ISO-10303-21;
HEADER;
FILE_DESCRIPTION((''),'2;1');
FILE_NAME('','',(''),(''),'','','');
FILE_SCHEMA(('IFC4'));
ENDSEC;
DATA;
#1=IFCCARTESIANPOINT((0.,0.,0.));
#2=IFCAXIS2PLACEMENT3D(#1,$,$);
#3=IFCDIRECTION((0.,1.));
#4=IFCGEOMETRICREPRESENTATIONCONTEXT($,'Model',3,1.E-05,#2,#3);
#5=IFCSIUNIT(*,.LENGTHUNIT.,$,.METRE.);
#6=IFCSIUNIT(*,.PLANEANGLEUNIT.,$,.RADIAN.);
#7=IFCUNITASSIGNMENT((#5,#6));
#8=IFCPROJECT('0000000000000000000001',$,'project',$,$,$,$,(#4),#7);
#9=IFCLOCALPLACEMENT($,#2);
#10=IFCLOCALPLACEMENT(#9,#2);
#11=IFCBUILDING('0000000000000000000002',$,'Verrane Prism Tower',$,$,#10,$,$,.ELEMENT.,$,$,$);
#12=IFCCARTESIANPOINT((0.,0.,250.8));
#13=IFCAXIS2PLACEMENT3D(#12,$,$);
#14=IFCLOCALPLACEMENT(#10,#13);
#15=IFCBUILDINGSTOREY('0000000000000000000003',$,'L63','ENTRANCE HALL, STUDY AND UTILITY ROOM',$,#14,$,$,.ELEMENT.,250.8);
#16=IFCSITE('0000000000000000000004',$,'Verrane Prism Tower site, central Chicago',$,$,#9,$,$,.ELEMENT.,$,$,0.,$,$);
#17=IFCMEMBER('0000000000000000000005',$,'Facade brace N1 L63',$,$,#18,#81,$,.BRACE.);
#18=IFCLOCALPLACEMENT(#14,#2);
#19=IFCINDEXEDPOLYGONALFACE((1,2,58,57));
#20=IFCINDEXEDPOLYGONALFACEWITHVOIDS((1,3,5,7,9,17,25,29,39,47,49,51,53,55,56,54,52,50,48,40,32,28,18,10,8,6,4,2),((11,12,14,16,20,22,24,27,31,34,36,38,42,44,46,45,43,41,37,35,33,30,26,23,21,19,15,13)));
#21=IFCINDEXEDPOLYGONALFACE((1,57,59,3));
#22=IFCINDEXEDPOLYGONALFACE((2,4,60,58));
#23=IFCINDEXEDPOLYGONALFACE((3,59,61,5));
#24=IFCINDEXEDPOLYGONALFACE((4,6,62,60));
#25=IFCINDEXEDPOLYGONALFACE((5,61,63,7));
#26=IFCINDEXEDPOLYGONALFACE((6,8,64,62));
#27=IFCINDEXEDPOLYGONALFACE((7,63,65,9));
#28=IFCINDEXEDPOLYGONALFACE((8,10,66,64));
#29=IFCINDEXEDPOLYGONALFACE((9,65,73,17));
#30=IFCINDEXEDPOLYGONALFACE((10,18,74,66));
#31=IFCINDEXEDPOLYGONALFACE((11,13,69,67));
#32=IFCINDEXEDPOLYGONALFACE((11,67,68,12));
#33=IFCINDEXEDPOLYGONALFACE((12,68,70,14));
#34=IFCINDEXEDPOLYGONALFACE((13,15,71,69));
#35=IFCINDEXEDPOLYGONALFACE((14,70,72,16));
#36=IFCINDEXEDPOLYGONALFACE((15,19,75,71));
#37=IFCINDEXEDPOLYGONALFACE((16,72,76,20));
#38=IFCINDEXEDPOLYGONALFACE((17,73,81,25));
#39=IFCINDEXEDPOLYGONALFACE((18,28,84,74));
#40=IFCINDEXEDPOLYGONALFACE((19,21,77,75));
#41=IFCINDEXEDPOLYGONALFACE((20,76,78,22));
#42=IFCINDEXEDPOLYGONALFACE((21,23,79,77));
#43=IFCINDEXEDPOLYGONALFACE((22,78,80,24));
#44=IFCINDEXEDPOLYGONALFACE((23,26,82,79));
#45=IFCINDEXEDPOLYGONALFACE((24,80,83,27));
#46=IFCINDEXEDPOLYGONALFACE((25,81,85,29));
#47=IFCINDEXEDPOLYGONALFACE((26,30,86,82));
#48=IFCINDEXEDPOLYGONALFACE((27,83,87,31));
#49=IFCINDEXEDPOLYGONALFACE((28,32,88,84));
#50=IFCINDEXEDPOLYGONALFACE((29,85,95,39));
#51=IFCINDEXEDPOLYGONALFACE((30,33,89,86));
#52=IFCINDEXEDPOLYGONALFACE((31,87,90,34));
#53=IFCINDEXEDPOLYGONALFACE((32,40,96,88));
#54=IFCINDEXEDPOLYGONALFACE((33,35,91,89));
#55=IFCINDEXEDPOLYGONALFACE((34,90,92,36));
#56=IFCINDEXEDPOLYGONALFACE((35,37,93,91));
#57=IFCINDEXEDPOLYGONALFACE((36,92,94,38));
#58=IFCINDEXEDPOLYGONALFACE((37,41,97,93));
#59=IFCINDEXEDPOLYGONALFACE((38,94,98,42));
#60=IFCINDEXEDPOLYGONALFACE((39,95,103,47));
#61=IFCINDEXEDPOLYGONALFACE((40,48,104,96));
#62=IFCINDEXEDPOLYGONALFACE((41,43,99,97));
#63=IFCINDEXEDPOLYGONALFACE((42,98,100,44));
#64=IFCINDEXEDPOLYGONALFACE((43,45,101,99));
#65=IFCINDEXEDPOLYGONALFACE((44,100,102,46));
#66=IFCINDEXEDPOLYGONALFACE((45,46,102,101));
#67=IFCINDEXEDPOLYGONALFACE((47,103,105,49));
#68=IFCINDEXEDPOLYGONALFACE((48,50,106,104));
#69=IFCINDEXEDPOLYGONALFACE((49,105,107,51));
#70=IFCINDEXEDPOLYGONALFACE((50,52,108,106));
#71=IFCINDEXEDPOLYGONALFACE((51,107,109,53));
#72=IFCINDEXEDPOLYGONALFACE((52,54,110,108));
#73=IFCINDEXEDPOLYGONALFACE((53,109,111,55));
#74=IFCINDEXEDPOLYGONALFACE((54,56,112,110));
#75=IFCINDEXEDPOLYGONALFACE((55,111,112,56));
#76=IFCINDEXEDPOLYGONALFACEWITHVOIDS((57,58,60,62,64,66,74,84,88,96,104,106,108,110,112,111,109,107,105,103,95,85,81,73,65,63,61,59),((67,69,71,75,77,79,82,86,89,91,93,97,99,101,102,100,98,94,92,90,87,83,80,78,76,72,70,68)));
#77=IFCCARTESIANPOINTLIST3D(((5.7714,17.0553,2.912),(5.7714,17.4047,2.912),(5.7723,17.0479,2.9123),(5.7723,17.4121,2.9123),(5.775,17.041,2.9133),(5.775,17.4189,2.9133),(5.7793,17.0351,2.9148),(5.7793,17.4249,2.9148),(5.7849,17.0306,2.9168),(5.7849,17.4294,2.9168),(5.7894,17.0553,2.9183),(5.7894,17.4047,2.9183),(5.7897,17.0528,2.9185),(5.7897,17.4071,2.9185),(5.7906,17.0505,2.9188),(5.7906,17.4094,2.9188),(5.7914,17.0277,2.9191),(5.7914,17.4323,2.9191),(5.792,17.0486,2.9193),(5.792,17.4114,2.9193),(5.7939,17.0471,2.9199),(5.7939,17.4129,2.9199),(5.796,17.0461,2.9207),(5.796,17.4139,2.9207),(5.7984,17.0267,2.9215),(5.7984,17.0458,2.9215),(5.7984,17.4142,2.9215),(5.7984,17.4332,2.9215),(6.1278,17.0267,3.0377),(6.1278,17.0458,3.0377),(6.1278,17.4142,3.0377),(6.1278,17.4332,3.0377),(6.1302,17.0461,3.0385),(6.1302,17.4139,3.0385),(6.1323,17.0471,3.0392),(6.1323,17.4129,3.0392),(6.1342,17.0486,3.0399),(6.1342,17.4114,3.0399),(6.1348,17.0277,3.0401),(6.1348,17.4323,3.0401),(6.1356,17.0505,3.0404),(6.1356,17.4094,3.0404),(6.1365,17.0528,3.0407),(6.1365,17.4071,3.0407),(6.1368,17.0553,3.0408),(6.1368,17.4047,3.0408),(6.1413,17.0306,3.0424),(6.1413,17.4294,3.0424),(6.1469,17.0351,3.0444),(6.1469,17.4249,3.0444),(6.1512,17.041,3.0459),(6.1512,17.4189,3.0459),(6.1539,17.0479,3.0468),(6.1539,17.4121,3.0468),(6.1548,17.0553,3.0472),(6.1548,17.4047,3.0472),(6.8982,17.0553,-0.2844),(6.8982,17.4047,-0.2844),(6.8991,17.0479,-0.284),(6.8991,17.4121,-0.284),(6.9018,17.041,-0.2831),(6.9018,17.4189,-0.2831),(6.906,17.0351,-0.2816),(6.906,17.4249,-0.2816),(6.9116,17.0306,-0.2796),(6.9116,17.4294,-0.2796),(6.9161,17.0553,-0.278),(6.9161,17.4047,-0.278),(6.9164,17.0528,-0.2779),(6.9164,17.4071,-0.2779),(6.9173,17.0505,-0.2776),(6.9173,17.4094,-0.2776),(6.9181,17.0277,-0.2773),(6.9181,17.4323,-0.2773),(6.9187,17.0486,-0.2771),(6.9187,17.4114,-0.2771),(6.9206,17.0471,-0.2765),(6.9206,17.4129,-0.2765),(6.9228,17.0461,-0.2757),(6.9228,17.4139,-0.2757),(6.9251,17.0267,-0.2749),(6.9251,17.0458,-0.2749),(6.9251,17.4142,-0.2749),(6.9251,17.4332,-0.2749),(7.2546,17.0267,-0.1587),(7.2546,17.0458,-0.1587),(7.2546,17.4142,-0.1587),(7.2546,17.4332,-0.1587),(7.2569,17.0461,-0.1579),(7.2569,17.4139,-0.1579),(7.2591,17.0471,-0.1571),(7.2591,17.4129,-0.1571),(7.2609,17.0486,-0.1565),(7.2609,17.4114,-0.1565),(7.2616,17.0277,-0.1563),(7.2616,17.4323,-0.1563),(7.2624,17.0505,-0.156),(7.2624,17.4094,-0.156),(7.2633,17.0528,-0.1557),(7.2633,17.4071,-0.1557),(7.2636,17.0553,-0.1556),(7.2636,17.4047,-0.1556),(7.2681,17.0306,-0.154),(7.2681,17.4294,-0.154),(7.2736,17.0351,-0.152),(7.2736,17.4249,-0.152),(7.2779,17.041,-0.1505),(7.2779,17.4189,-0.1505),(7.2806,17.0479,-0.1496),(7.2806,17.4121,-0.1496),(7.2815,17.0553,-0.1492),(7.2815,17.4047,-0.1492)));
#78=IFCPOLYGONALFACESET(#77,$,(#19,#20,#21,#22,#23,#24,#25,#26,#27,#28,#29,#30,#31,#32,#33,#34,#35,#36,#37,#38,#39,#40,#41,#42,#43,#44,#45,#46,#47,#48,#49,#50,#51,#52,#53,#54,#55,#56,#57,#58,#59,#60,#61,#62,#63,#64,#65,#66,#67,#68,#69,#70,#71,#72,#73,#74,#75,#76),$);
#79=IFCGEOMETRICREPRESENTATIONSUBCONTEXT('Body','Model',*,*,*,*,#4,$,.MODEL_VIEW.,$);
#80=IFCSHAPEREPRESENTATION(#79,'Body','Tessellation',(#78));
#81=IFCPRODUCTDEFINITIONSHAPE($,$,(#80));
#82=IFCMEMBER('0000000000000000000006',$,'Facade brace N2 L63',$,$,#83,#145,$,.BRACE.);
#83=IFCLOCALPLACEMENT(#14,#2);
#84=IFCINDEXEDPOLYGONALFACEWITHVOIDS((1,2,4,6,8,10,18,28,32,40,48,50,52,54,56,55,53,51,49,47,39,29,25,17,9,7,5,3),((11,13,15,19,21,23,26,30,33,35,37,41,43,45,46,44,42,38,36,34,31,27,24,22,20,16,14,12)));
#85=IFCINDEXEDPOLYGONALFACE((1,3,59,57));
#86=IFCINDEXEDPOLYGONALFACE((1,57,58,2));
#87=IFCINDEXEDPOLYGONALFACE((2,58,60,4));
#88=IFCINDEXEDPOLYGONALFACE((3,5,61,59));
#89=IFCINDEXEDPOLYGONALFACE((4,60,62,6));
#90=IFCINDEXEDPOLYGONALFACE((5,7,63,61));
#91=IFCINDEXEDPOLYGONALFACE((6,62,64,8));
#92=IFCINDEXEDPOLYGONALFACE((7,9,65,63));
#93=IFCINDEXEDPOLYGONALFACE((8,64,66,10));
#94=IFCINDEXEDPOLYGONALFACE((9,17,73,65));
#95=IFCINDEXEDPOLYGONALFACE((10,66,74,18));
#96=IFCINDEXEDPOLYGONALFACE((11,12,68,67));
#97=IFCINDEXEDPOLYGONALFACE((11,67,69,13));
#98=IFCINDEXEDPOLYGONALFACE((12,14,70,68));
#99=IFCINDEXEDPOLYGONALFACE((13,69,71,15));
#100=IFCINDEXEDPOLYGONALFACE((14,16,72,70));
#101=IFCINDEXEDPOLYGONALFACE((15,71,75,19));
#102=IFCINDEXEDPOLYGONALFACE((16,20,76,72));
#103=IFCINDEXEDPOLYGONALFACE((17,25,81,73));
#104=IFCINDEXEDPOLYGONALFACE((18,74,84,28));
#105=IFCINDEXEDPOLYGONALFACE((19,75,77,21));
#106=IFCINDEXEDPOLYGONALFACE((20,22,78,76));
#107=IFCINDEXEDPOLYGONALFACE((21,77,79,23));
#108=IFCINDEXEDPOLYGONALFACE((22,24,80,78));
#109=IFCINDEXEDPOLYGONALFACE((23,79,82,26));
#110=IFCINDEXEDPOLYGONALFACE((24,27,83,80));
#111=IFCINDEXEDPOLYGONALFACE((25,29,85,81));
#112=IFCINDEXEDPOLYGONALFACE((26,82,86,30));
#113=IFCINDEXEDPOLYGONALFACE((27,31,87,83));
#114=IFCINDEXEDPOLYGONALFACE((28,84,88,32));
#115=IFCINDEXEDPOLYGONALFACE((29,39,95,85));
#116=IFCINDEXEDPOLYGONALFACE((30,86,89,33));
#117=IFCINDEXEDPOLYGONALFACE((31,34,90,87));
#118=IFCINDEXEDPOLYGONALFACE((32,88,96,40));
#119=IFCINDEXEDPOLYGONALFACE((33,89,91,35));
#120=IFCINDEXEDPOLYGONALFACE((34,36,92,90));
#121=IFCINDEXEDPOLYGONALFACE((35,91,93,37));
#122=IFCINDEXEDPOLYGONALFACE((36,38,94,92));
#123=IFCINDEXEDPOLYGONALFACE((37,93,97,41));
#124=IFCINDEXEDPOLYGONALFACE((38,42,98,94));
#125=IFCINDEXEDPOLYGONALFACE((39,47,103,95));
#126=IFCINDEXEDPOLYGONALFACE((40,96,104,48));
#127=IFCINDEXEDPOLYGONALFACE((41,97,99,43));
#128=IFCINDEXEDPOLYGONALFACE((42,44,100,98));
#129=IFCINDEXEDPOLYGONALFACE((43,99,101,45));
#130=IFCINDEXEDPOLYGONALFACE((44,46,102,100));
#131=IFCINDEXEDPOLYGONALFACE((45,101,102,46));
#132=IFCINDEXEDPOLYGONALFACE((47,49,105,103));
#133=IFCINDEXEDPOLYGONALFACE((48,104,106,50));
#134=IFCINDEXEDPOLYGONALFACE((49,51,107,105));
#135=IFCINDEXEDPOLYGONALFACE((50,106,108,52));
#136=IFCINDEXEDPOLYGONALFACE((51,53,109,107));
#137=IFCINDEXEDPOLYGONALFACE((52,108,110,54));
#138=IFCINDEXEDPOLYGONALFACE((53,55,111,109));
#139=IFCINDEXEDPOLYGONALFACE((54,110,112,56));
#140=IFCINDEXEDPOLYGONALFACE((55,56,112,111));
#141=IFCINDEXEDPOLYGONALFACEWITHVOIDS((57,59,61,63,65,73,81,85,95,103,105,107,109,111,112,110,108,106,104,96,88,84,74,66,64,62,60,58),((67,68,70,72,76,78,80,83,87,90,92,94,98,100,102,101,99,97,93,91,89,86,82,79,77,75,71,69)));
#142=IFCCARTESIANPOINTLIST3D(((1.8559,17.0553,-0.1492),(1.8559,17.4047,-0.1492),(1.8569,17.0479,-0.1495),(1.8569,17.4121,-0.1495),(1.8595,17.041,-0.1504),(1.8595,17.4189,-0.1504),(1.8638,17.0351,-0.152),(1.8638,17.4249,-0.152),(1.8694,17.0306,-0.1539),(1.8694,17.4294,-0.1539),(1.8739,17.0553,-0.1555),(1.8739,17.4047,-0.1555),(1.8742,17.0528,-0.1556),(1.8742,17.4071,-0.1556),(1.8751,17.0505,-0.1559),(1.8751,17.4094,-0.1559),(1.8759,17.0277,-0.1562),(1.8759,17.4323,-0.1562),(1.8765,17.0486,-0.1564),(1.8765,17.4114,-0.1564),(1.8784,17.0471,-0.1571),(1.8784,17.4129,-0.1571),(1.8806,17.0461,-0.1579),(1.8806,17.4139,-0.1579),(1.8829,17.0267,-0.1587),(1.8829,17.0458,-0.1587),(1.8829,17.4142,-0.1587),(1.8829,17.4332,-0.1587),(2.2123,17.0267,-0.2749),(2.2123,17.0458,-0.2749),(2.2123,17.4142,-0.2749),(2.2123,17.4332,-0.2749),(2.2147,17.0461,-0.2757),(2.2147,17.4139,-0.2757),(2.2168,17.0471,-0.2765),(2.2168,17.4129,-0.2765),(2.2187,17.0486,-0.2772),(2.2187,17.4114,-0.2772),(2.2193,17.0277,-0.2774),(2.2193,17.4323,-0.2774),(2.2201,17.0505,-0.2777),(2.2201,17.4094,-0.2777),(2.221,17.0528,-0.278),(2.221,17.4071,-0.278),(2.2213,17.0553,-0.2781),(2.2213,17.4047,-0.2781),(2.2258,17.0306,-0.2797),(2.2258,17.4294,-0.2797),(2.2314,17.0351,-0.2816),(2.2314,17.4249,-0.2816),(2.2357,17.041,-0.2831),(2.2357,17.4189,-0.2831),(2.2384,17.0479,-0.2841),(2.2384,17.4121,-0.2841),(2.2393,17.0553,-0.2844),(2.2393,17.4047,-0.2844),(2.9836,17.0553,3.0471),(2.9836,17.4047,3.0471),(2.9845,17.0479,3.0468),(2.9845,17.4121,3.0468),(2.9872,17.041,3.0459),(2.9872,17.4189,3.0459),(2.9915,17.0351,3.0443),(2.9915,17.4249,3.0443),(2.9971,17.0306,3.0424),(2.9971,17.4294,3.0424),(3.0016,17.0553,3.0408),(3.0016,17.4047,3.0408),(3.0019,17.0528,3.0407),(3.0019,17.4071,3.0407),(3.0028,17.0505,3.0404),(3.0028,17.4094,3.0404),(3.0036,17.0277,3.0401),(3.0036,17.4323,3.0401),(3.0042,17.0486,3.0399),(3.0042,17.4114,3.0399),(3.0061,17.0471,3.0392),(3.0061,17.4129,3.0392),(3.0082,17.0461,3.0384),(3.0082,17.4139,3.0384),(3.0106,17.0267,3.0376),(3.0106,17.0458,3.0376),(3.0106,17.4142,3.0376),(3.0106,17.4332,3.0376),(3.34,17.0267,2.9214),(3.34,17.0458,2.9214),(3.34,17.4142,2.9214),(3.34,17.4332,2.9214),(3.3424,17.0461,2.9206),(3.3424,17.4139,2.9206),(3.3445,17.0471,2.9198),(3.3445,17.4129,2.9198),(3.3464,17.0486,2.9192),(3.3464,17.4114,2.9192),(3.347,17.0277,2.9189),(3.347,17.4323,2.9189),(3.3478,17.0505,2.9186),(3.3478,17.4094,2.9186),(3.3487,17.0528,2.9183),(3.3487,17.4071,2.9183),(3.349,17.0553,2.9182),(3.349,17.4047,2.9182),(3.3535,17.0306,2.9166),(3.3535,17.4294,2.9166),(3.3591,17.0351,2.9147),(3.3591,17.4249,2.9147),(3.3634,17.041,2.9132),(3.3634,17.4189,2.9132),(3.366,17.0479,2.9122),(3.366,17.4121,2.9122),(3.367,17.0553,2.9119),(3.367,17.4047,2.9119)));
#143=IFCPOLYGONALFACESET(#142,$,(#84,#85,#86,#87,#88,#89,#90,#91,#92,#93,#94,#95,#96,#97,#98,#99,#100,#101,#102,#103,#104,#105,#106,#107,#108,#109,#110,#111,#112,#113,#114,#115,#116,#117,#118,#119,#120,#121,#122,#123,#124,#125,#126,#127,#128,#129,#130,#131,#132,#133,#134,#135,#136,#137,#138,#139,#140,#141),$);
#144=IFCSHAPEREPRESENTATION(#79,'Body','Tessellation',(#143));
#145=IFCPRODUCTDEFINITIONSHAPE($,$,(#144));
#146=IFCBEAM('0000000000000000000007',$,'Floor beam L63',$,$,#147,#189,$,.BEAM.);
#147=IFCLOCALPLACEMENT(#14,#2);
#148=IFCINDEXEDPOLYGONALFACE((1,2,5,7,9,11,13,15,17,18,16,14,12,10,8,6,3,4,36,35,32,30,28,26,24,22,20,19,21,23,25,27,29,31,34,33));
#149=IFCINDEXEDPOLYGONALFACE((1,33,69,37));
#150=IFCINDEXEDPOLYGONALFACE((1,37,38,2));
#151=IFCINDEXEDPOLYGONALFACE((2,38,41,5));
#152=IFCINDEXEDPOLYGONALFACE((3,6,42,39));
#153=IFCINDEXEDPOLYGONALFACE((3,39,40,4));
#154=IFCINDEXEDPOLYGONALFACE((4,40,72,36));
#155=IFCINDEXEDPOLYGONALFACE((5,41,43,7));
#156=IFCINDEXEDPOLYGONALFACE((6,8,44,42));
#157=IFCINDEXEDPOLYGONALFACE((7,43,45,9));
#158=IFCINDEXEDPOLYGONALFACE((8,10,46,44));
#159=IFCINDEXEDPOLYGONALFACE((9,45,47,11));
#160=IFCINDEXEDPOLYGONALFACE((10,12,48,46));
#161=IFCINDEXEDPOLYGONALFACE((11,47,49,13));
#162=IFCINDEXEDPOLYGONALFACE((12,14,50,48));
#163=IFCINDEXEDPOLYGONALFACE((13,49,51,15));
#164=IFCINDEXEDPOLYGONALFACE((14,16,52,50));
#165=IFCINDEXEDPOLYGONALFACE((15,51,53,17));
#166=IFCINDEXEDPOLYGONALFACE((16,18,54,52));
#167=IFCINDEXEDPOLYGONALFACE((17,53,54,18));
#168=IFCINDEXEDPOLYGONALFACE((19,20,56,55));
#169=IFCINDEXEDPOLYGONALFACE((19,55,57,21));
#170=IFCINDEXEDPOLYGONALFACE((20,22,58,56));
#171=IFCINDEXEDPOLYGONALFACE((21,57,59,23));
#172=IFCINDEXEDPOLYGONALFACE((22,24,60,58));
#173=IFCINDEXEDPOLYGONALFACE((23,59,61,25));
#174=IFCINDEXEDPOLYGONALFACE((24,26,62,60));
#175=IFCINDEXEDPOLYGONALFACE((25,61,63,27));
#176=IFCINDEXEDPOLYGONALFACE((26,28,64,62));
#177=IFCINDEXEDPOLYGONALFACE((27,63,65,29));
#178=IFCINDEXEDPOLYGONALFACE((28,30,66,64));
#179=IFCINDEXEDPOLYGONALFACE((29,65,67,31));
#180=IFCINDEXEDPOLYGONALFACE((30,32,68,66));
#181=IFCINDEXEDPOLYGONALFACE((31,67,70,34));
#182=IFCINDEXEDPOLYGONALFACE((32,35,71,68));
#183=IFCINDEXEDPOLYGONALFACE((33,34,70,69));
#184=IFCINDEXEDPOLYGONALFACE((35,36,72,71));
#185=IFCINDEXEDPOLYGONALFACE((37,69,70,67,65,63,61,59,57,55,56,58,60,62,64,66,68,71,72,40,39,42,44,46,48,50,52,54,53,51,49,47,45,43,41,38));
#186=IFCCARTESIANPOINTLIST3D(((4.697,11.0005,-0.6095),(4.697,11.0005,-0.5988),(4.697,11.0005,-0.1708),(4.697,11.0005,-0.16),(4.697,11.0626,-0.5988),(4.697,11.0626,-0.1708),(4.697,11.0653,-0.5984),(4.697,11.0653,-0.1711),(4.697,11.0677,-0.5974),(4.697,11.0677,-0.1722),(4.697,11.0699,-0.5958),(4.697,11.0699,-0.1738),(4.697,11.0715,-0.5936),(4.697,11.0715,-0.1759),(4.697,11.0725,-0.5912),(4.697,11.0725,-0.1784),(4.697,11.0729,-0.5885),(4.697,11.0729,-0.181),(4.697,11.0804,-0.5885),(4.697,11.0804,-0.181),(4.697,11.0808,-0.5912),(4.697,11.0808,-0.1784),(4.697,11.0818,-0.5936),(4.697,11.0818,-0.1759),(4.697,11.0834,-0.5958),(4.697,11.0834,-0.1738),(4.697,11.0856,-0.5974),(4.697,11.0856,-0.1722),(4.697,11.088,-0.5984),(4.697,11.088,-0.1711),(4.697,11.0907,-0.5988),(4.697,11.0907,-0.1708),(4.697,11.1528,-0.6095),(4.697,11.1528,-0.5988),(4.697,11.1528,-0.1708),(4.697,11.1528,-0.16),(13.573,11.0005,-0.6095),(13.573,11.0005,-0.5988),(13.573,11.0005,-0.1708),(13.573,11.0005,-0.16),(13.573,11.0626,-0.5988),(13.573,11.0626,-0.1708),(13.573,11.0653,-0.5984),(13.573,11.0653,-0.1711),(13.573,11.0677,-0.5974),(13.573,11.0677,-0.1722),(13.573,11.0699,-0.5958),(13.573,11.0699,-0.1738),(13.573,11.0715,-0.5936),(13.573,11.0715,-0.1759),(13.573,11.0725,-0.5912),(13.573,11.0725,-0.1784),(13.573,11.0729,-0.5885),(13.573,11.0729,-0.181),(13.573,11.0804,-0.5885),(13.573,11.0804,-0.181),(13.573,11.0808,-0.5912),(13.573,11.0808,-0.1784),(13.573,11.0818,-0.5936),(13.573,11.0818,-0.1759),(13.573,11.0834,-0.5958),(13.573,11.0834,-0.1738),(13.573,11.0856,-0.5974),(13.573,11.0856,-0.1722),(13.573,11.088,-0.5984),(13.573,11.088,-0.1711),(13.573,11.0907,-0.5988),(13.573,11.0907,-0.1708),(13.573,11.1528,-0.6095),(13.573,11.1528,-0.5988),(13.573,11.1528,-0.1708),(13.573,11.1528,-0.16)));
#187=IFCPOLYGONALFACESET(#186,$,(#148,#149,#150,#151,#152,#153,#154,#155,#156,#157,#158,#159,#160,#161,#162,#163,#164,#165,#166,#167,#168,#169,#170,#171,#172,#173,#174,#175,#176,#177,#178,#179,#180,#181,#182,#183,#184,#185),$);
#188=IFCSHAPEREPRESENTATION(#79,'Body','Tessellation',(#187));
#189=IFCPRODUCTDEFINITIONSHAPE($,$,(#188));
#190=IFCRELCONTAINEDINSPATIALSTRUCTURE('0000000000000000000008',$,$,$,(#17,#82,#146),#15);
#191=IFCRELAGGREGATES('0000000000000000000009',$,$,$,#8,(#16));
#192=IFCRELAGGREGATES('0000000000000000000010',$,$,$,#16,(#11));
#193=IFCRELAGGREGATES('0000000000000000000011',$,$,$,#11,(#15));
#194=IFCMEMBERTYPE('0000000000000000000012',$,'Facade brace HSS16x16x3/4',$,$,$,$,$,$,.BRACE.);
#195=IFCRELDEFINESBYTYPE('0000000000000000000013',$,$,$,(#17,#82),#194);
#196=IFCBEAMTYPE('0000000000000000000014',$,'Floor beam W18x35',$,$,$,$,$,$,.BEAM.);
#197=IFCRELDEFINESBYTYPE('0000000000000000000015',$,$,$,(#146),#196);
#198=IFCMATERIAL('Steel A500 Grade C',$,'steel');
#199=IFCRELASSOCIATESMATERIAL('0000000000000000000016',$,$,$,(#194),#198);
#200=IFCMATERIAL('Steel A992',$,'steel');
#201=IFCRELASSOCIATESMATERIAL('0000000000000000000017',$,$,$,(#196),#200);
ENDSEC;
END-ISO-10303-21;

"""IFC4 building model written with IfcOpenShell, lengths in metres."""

from ifc_helpers import new_model, si_unit, direction, frame, origin, origin_2d, place, context, subcontext, project, spatial, hollow_rectangle, i_section, extrude, material, material_profile, profile_set, type_object, element, save


model = new_model("IFC4")

# Units and contexts
model_context = context("Model", 3, precision=1e-05, world=origin(), true_north=direction((0.0, 1.0)))
body_context = subcontext(model_context, "Body", "Model", "MODEL_VIEW")
ifc_project = project(units=[si_unit("LENGTHUNIT", "METRE"), si_unit("PLANEANGLEUNIT", "RADIAN")], contexts=[model_context])

# Site, building, storey
site_placement = place(None, origin())
site = spatial("IfcSite", under=ifc_project, at=site_placement, Name="Verrane Prism Tower site, central Chicago", CompositionType="ELEMENT", RefElevation=0.0)
building_placement = place(site_placement, origin())
building = spatial("IfcBuilding", under=site, at=building_placement, Name="Verrane Prism Tower", CompositionType="ELEMENT")
storey_placement = place(building_placement, frame((0.0, 0.0, 250.8)))
storey = spatial("IfcBuildingStorey", under=building, at=storey_placement, Name="L63", Description="ENTRANCE HALL, STUDY AND UTILITY ROOM", CompositionType="ELEMENT", Elevation=250.8)

# Members
ifc_material_1 = material(Name="Steel A500 Grade C", Category="steel")
ifc_material_profile_1 = material_profile(ifc_material_1, hollow_rectangle(XDim=0.4065, YDim=0.4065, WallThickness=0.019, InnerFilletRadius=0.0095, OuterFilletRadius=0.0286, at=origin_2d()), Name="HSS16x16x3/4")
ifc_profile_set_1 = profile_set([ifc_material_profile_1], Name="Steel A500 Grade C")
member_type_1 = type_object("IfcMemberType", Name="Facade brace HSS16x16x3/4", PredefinedType="BRACE", material=ifc_profile_set_1)
member_1_placement = place(storey_placement, frame((7.0898, 17.23, -0.2168), z_axis=(-0.332455, 0.0, 0.943119), x_axis=(0.0, -1.0, 0.0)))
element("IfcMember", 1, at=member_1_placement, inside=storey, type_object=member_type_1, Name="Facade brace N1 L63", PredefinedType="BRACE", context=body_context, shape_type="SweptSolid", body=[
    extrude(hollow_rectangle(XDim=0.4065, YDim=0.4065, WallThickness=0.019, InnerFilletRadius=0.0095, OuterFilletRadius=0.0286, at=origin_2d()), origin(), (0.0, 0.0, 1.0), 3.3892),
])
member_2_placement = place(storey_placement, frame((2.0476, 17.23, -0.2168), z_axis=(0.332711, 0.0, 0.943029), x_axis=(0.0, 1.0, 0.0)))
element("IfcMember", 2, at=member_2_placement, inside=storey, type_object=member_type_1, Name="Facade brace N2 L63", PredefinedType="BRACE", context=body_context, shape_type="SweptSolid", body=[
    extrude(hollow_rectangle(XDim=0.4065, YDim=0.4065, WallThickness=0.019, InnerFilletRadius=0.0095, OuterFilletRadius=0.0286, at=origin_2d()), origin(), (0.0, 0.0, 1.0), 3.3894),
])

# Beam
ifc_material_2 = material(Name="Steel A992", Category="steel")
ifc_material_profile_2 = material_profile(ifc_material_2, i_section(OverallWidth=0.1523, OverallDepth=0.4495, WebThickness=0.0076, FlangeThickness=0.0107, FilletRadius=0.0103, at=origin_2d()), Name="W18x35")
ifc_profile_set_2 = profile_set([ifc_material_profile_2], Name="Steel A992")
beam_type_1 = type_object("IfcBeamType", Name="Floor beam W18x35", PredefinedType="BEAM", material=ifc_profile_set_2)
for number, where, z_axis, x_axis, name in (
    (3, (4.697, 11.0767, -0.3848), (1.0, 0.0, 0.0), (0.0, 1.0, 0.0), "Floor beam L63"),
):
    element("IfcBeam", number, at=place(storey_placement, frame(where, z_axis=z_axis, x_axis=x_axis)), inside=storey, type_object=beam_type_1, Name=name, PredefinedType="BEAM", context=body_context, shape_type="SweptSolid", body=[
        extrude(i_section(OverallWidth=0.1523, OverallDepth=0.4495, WebThickness=0.0076, FlangeThickness=0.0107, FilletRadius=0.0103, at=origin_2d()), origin(), (0.0, 0.0, 1.0), 8.876),
    ])

save(model, "model.ifc")
